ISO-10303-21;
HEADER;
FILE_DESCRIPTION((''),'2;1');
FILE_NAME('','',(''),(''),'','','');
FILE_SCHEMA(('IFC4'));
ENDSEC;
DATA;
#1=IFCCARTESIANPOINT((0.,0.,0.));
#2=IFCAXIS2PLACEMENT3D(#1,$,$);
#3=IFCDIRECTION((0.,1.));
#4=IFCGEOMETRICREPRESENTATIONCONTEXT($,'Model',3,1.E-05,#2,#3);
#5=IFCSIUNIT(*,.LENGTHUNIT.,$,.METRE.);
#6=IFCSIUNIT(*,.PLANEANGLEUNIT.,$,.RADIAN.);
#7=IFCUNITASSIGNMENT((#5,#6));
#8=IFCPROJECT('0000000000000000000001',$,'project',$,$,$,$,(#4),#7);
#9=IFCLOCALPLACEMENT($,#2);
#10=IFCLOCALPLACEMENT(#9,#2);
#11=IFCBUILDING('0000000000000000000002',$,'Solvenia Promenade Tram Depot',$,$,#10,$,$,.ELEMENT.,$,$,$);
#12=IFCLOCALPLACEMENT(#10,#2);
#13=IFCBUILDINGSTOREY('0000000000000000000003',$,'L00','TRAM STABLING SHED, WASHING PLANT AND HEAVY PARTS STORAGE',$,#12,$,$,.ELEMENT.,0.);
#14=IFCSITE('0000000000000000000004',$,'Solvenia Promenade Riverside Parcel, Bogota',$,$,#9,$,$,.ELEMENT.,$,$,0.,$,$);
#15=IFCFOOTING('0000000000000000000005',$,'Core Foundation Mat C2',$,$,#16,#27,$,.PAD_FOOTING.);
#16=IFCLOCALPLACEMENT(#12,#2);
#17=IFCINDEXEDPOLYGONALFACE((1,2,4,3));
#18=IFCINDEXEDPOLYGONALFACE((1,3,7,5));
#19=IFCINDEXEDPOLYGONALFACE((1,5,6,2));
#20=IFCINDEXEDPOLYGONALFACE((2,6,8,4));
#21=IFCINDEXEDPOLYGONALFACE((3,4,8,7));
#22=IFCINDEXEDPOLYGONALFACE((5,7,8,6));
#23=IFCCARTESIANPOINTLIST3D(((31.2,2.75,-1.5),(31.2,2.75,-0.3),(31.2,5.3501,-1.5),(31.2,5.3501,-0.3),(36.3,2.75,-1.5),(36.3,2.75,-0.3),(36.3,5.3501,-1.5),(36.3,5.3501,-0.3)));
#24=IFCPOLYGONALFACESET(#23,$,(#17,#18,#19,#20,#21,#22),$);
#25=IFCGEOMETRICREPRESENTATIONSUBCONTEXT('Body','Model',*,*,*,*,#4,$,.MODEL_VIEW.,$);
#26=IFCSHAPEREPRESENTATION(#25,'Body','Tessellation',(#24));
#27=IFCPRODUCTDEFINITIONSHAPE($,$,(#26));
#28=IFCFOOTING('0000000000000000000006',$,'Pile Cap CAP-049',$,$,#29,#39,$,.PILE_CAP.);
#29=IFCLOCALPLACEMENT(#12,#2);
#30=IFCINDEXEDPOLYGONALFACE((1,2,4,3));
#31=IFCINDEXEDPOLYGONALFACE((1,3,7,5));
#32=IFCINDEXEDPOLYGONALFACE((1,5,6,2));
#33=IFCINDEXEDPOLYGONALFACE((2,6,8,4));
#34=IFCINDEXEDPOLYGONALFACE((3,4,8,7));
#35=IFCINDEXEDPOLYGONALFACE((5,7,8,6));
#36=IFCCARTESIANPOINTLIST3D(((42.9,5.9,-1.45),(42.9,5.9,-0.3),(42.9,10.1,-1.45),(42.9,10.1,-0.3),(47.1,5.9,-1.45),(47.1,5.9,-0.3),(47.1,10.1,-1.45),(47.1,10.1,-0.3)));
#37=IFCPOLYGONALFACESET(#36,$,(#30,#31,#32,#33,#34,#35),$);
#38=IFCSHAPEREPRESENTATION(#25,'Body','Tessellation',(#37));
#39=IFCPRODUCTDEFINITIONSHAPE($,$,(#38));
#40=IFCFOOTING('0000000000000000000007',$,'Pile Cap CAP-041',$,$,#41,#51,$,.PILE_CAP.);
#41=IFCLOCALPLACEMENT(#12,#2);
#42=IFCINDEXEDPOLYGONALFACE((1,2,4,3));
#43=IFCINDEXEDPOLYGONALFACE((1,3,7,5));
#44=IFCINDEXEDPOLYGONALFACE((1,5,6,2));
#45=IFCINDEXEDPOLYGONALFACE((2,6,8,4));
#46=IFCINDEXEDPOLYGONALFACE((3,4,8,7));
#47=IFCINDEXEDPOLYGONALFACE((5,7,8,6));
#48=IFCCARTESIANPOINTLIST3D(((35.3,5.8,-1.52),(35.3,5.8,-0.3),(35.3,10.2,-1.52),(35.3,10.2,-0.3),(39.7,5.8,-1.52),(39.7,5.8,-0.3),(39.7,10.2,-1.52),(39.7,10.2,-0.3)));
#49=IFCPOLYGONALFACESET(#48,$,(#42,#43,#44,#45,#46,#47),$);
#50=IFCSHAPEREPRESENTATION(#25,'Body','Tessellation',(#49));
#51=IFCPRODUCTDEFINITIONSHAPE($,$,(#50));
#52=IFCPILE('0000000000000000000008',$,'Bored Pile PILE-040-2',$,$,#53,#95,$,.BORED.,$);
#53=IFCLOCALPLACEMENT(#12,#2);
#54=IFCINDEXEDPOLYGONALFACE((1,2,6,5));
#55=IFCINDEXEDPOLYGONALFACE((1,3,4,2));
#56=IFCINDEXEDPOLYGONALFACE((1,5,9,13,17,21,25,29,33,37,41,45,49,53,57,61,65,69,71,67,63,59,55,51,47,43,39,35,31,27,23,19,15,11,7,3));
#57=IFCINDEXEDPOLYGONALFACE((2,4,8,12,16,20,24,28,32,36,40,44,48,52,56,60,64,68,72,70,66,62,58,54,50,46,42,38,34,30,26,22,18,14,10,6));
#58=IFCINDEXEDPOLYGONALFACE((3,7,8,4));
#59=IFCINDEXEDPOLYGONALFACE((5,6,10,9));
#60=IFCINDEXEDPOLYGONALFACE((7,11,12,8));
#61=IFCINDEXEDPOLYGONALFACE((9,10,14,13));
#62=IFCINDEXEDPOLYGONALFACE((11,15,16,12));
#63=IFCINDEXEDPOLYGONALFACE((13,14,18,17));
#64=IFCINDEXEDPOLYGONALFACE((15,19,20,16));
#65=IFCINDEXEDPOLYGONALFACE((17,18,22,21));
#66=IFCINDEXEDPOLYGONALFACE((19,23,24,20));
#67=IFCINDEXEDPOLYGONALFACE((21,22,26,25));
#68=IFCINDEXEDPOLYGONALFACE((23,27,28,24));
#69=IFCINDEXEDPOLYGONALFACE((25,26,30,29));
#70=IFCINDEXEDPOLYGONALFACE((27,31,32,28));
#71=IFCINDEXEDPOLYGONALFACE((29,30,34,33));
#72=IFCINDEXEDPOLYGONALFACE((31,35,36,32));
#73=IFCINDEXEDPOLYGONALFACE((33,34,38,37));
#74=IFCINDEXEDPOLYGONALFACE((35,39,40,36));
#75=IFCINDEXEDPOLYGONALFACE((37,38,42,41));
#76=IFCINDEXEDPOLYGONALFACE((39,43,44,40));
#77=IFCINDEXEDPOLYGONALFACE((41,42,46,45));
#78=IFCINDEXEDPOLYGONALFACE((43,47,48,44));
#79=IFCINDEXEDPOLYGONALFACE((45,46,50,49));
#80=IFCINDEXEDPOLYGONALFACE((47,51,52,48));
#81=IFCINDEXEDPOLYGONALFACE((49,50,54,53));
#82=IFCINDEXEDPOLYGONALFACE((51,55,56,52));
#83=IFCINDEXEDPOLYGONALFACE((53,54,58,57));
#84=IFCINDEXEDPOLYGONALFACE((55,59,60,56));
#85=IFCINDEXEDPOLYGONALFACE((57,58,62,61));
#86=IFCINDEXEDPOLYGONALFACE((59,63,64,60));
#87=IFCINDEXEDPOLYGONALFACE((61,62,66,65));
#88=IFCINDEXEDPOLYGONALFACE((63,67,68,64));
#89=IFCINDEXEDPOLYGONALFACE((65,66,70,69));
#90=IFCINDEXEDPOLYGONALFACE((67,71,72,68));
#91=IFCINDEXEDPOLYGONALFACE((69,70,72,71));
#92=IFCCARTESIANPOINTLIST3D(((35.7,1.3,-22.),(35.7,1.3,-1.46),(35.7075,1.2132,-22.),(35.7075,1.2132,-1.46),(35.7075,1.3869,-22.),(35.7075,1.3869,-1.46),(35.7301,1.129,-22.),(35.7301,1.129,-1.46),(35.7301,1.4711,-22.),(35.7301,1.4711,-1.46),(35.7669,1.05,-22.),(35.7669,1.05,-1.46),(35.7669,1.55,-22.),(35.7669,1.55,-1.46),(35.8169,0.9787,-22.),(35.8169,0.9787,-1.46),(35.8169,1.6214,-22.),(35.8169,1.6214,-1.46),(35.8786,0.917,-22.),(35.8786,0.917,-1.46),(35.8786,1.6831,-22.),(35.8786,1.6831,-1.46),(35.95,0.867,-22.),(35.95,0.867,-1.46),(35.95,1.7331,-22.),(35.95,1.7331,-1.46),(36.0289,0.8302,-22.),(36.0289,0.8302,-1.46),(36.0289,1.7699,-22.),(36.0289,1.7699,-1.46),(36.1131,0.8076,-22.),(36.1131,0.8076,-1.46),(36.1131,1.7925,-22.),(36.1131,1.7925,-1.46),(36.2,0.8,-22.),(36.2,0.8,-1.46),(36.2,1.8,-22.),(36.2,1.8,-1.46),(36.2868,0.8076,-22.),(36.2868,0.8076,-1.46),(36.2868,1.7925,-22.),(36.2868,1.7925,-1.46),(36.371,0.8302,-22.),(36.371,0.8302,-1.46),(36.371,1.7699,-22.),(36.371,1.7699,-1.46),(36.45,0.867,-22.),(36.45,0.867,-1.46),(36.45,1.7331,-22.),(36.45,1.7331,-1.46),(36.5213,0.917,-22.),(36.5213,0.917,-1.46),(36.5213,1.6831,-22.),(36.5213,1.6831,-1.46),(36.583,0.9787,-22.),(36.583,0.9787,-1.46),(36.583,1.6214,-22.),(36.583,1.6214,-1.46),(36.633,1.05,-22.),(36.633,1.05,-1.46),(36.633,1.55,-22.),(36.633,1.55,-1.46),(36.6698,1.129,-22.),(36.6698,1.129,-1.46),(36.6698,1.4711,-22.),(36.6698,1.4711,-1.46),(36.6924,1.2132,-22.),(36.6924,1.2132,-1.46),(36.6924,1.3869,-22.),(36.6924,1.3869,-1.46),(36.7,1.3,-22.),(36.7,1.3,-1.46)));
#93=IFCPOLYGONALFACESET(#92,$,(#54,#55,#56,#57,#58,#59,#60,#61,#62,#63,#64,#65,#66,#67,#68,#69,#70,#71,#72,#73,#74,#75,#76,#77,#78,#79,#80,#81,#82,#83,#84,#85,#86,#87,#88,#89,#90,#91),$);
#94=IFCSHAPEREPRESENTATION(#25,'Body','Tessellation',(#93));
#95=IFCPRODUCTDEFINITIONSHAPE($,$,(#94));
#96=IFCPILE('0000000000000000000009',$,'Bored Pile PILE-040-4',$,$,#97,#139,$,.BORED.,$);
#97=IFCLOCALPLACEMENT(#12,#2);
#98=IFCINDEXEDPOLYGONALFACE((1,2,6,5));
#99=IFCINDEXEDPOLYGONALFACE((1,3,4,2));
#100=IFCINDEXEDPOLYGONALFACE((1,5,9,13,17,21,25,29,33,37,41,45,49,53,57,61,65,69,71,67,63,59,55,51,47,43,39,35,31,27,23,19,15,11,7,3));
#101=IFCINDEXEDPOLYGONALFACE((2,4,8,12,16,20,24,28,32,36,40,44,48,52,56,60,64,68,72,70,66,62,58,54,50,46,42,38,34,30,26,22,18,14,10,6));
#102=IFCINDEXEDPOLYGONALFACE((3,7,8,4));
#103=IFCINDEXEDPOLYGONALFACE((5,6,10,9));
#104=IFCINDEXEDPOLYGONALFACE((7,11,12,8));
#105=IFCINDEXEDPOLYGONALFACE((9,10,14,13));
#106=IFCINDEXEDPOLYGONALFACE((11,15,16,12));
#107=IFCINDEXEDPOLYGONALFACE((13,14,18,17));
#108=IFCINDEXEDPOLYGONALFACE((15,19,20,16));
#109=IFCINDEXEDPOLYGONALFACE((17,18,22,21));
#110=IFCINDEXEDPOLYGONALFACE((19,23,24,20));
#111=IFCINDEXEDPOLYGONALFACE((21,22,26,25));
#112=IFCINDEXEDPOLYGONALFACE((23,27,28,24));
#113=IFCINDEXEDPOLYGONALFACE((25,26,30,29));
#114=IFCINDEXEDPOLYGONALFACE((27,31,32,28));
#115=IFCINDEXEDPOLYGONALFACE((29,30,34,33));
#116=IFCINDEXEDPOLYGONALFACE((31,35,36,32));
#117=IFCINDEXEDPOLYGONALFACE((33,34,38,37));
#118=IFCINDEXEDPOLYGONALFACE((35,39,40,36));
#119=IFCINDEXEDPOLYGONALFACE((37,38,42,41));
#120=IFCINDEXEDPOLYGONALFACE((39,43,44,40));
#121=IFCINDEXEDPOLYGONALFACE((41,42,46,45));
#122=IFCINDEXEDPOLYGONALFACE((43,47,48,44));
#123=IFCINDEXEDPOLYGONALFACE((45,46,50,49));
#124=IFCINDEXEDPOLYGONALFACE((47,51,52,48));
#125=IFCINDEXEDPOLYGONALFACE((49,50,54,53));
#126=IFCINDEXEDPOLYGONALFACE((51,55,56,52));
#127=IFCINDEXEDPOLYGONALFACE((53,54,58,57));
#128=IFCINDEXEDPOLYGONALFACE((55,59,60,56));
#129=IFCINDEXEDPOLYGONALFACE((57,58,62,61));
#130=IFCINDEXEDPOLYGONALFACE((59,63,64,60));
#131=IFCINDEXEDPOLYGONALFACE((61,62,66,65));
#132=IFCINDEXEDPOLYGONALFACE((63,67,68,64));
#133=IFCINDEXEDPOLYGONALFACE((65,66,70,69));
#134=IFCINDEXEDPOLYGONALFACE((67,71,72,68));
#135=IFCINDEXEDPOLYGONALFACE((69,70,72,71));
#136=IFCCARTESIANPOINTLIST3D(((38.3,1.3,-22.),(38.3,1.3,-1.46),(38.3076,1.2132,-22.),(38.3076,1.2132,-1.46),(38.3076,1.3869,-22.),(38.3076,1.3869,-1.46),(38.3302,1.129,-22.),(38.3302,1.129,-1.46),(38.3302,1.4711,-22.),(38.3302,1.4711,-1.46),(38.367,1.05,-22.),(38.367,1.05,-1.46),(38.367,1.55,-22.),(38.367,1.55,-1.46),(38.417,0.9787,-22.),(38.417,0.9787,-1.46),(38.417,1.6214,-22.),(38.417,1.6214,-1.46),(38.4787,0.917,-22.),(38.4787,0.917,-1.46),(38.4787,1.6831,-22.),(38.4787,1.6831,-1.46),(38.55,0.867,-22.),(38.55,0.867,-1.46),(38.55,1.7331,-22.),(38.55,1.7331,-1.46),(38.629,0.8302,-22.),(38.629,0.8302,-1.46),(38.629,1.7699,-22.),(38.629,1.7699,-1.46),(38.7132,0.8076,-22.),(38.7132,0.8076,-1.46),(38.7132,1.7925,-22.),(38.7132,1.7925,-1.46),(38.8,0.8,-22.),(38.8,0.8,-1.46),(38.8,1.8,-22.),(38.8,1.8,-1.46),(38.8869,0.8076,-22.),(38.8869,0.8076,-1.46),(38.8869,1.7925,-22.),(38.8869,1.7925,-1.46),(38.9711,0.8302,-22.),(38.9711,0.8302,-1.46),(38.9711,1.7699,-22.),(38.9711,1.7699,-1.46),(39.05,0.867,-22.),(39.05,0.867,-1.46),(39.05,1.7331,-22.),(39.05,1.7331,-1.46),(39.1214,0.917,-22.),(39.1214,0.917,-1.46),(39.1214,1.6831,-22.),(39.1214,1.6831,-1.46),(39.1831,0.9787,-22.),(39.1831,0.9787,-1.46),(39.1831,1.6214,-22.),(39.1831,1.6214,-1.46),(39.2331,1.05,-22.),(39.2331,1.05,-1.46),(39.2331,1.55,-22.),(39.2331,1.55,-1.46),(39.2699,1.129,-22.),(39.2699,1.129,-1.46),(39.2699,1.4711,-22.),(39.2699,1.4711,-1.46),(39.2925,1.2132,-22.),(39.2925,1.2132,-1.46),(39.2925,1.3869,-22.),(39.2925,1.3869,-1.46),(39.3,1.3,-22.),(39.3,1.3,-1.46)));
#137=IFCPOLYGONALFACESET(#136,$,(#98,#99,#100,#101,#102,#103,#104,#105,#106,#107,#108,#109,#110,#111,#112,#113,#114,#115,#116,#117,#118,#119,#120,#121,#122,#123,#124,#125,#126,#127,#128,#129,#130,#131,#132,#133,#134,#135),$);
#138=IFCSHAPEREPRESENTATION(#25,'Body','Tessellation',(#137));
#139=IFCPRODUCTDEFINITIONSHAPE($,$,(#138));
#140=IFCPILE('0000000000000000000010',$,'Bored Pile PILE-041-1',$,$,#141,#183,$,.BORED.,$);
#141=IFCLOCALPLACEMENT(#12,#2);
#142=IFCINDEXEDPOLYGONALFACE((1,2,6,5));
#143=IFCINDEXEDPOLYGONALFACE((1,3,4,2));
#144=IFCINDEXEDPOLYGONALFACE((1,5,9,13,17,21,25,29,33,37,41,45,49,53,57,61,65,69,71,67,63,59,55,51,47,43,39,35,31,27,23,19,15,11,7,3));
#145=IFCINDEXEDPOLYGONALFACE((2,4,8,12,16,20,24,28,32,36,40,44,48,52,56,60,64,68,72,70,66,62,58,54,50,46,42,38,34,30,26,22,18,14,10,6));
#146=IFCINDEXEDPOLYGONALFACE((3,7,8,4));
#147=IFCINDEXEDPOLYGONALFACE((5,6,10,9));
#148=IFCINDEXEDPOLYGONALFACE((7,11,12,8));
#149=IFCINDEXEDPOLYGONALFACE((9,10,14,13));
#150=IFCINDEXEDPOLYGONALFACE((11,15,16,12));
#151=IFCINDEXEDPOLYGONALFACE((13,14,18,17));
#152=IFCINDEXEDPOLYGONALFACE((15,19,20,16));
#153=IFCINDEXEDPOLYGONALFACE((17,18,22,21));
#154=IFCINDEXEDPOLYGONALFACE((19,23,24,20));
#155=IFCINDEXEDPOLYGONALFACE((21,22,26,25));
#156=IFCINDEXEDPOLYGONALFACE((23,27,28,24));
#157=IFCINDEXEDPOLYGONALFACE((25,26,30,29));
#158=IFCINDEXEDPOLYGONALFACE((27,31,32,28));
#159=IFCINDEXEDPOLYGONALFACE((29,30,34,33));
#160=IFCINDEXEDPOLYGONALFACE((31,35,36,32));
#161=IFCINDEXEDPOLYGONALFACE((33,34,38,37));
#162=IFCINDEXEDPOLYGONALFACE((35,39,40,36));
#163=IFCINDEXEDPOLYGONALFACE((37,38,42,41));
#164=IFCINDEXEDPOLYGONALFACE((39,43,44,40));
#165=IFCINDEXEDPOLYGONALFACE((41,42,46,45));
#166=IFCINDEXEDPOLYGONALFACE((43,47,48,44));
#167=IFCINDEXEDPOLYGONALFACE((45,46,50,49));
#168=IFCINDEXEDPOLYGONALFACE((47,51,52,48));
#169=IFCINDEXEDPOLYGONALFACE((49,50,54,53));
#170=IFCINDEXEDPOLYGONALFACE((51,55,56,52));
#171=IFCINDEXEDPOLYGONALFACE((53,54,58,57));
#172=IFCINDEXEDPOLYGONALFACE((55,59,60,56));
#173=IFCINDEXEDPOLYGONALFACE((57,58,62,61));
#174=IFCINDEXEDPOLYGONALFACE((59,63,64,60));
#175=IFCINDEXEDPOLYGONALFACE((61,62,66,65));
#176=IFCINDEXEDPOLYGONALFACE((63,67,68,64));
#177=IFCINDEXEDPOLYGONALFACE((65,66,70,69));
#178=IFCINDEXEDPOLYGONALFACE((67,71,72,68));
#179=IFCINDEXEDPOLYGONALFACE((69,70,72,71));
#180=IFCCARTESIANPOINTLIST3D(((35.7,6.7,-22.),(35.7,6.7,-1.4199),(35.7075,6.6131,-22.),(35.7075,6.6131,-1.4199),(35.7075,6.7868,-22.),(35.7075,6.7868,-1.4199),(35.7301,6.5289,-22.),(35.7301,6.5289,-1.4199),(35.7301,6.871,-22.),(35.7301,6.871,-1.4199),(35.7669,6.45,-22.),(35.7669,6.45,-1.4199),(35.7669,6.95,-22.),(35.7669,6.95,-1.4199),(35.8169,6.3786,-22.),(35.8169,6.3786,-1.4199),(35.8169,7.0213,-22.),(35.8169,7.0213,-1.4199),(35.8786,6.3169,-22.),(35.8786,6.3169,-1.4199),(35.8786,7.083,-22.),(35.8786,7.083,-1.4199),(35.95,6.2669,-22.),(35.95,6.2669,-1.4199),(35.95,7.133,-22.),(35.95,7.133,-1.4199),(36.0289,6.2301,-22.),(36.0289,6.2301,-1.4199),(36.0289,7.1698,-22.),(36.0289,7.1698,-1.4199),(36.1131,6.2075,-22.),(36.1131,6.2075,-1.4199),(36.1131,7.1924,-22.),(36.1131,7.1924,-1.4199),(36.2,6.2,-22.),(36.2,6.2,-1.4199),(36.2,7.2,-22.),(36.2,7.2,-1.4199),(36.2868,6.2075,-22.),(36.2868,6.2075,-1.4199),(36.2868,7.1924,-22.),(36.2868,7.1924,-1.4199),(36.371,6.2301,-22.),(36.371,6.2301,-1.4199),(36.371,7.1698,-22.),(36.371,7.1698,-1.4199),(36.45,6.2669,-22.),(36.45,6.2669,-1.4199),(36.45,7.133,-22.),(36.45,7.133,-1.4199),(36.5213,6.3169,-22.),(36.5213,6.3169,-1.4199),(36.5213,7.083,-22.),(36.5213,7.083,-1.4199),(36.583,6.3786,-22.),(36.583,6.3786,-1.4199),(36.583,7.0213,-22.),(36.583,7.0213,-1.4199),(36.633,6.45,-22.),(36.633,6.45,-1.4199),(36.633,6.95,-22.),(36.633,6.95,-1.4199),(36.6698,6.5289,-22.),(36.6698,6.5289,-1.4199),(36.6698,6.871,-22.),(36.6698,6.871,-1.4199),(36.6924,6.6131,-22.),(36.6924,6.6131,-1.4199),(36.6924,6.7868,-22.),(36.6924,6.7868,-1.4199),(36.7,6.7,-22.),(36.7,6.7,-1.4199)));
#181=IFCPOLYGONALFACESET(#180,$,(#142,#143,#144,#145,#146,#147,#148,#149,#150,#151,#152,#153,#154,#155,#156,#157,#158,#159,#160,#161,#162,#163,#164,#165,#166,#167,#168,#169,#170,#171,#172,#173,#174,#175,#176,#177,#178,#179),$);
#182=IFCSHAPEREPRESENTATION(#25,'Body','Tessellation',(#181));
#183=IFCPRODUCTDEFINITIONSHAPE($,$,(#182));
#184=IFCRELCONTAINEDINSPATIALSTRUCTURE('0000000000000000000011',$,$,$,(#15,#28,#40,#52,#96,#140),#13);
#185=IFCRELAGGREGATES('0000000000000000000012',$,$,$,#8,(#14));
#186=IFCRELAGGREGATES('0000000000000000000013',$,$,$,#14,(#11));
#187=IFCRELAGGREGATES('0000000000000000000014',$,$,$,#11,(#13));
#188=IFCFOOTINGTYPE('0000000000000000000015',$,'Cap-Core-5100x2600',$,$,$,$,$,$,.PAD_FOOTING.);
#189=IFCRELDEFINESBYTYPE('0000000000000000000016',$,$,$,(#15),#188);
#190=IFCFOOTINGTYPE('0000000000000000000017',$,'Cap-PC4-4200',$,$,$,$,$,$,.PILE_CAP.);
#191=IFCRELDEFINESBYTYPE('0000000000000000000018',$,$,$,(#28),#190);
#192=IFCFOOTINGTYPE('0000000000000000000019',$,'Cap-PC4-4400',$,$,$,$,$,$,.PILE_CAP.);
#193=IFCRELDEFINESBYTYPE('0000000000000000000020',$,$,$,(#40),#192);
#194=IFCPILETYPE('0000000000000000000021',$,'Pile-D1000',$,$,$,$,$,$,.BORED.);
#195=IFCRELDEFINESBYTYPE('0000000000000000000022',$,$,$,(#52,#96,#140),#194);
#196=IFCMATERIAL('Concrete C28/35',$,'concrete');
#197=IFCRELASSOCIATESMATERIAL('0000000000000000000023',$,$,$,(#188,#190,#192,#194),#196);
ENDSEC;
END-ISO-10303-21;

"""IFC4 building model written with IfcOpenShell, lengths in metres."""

from ifc_helpers import new_model, si_unit, direction, frame, origin, origin_2d, place, context, subcontext, project, spatial, rectangle, circle, extrude, material, material_profile, profile_set, type_object, element, save


model = new_model("IFC4")

# Units and contexts
model_context = context("Model", 3, precision=1e-05, world=origin(), true_north=direction((0.0, 1.0)))
body_context = subcontext(model_context, "Body", "Model", "MODEL_VIEW")
ifc_project = project(units=[si_unit("LENGTHUNIT", "METRE"), si_unit("PLANEANGLEUNIT", "RADIAN")], contexts=[model_context])

# Site, building, storey
site_placement = place(None, origin())
site = spatial("IfcSite", under=ifc_project, at=site_placement, Name="Solvenia Promenade Riverside Parcel, Bogota", CompositionType="ELEMENT", RefElevation=0.0)
building_placement = place(site_placement, origin())
building = spatial("IfcBuilding", under=site, at=building_placement, Name="Solvenia Promenade Tram Depot", CompositionType="ELEMENT")
storey_placement = place(building_placement, origin())
storey = spatial("IfcBuildingStorey", under=building, at=storey_placement, Name="L00", Description="TRAM STABLING SHED, WASHING PLANT AND HEAVY PARTS STORAGE", CompositionType="ELEMENT", Elevation=0.0)

# Footings
ifc_material_1 = material(Name="Concrete C28/35", Category="concrete")
footing_type_1 = type_object("IfcFootingType", Name="Cap-Core-5100x2600", PredefinedType="PAD_FOOTING", material=ifc_material_1)
footing_1_placement = place(storey_placement, frame((33.75, 4.05, -1.5), z_axis=(0.0, 0.0, 1.0), x_axis=(1.0, 0.0, 0.0)))
element("IfcFooting", 1, at=footing_1_placement, inside=storey, type_object=footing_type_1, Name="Core Foundation Mat C2", PredefinedType="PAD_FOOTING", context=body_context, shape_type="SweptSolid", body=[
    extrude(rectangle(XDim=5.1001, YDim=2.6001, at=origin_2d()), origin(), (0.0, 0.0, 1.0), 1.2),
])
footing_type_2 = type_object("IfcFootingType", Name="Cap-PC4-4200", PredefinedType="PILE_CAP", material=ifc_material_1)
footing_2_placement = place(storey_placement, frame((45.0, 8.0, -1.45), z_axis=(0.0, 0.0, 1.0), x_axis=(1.0, 0.0, 0.0)))
element("IfcFooting", 2, at=footing_2_placement, inside=storey, type_object=footing_type_2, Name="Pile Cap CAP-049", PredefinedType="PILE_CAP", context=body_context, shape_type="SweptSolid", body=[
    extrude(rectangle(XDim=4.2, YDim=4.2, at=origin_2d()), origin(), (0.0, 0.0, 1.0), 1.1499),
])
footing_type_3 = type_object("IfcFootingType", Name="Cap-PC4-4400", PredefinedType="PILE_CAP", material=ifc_material_1)
footing_3_placement = place(storey_placement, frame((37.5, 8.0, -1.52), z_axis=(0.0, 0.0, 1.0), x_axis=(1.0, 0.0, 0.0)))
element("IfcFooting", 3, at=footing_3_placement, inside=storey, type_object=footing_type_3, Name="Pile Cap CAP-041", PredefinedType="PILE_CAP", context=body_context, shape_type="SweptSolid", body=[
    extrude(rectangle(XDim=4.3999, YDim=4.3999, at=origin_2d()), origin(), (0.0, 0.0, 1.0), 1.22),
])

# Piles
ifc_material_profile_1 = material_profile(ifc_material_1, circle(Radius=0.5, at=origin_2d()), Name="D1000", Category="concrete")
ifc_profile_set_1 = profile_set([ifc_material_profile_1], Name="Concrete C28/35")
pile_type_1 = type_object("IfcPileType", Name="Pile-D1000", PredefinedType="BORED", material=ifc_profile_set_1)
for number, where, z_axis, x_axis, name in (
    (4, (36.2, 1.3, -1.46), (0.0, 0.0, -1.0), (1.0, 0.0, 0.0), "Bored Pile PILE-040-2"),
    (5, (38.8, 1.3, -1.46), (0.0, 0.0, -1.0), (1.0, 0.0, 0.0), "Bored Pile PILE-040-4"),
):
    element("IfcPile", number, at=place(storey_placement, frame(where, z_axis=z_axis, x_axis=x_axis)), inside=storey, type_object=pile_type_1, Name=name, PredefinedType="BORED", context=body_context, shape_type="SweptSolid", body=[
        extrude(circle(Radius=0.5, at=origin_2d()), origin(), (0.0, 0.0, 1.0), 20.54),
    ])
for number, where, z_axis, x_axis, name in (
    (6, (36.2, 6.7, -1.4199), (0.0, 0.0, -1.0), (1.0, 0.0, 0.0), "Bored Pile PILE-041-1"),
):
    element("IfcPile", number, at=place(storey_placement, frame(where, z_axis=z_axis, x_axis=x_axis)), inside=storey, type_object=pile_type_1, Name=name, PredefinedType="BORED", context=body_context, shape_type="SweptSolid", body=[
        extrude(circle(Radius=0.5, at=origin_2d()), origin(), (0.0, 0.0, 1.0), 20.5801),
    ])

save(model, "model.ifc")
